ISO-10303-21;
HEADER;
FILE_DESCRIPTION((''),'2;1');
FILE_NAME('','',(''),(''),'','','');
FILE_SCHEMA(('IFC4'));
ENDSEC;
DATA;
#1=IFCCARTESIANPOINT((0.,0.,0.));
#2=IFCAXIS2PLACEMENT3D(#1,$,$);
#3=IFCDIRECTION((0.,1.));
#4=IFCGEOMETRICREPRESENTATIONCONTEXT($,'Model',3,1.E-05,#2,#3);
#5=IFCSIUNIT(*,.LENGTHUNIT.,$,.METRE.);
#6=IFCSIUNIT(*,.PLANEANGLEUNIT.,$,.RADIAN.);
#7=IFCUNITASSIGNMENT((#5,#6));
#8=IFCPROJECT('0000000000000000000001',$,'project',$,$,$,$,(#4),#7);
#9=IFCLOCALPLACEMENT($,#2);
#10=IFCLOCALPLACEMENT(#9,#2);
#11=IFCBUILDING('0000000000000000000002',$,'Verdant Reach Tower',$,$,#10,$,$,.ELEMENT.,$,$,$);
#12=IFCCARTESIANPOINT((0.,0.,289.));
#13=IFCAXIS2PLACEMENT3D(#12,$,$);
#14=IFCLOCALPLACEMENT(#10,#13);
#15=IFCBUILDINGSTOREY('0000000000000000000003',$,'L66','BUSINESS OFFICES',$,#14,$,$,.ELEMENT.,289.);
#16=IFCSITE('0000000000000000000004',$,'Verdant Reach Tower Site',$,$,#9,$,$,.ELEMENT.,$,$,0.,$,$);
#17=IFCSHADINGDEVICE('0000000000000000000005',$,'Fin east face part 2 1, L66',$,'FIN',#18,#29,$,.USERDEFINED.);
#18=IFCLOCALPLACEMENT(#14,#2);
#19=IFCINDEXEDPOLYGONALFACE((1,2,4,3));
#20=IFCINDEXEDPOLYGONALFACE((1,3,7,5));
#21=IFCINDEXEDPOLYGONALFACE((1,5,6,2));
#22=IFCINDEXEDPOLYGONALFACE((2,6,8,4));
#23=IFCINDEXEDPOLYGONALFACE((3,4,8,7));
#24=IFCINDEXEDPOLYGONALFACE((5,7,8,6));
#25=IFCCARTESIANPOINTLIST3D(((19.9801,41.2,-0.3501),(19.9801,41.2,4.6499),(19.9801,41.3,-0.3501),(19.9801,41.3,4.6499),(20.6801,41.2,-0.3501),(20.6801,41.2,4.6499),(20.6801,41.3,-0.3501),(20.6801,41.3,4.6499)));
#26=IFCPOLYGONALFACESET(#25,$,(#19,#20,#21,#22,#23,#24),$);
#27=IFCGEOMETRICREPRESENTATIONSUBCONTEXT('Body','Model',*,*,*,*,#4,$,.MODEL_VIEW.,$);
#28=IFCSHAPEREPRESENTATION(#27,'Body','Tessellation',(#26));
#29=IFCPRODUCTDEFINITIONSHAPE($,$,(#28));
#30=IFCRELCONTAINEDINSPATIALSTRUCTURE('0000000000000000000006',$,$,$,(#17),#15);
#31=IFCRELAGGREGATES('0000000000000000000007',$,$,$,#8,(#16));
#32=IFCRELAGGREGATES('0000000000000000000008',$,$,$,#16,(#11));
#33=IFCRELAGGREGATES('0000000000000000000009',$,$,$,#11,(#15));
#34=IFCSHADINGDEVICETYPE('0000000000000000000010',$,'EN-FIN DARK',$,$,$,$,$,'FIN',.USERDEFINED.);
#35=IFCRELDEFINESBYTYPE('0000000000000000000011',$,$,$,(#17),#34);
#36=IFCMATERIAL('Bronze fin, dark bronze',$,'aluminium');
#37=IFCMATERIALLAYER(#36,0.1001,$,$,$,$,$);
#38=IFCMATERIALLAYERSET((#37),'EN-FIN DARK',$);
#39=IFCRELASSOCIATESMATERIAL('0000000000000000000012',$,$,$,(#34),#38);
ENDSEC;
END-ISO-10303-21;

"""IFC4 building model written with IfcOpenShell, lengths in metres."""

from ifc_helpers import new_model, si_unit, direction, frame, origin, origin_2d, place, context, subcontext, project, spatial, rectangle, extrude, material, layer, layer_set, type_object, element, save


model = new_model("IFC4")

# Units and contexts
model_context = context("Model", 3, precision=1e-05, world=origin(), true_north=direction((0.0, 1.0)))
body_context = subcontext(model_context, "Body", "Model", "MODEL_VIEW")
ifc_project = project(units=[si_unit("LENGTHUNIT", "METRE"), si_unit("PLANEANGLEUNIT", "RADIAN")], contexts=[model_context])

# Site, building, storey
site_placement = place(None, origin())
site = spatial("IfcSite", under=ifc_project, at=site_placement, Name="Verdant Reach Tower Site", CompositionType="ELEMENT", RefElevation=0.0)
building_placement = place(site_placement, origin())
building = spatial("IfcBuilding", under=site, at=building_placement, Name="Verdant Reach Tower", CompositionType="ELEMENT")
storey_placement = place(building_placement, frame((0.0, 0.0, 289.0)))
storey = spatial("IfcBuildingStorey", under=building, at=storey_placement, Name="L66", Description="BUSINESS OFFICES", CompositionType="ELEMENT", Elevation=289.0)

# Shading device
ifc_material_1 = material(Name="Bronze fin, dark bronze", Category="aluminium")
ifc_layer_1 = layer(ifc_material_1, 0.1001)
ifc_layer_set_1 = layer_set([ifc_layer_1], Name="EN-FIN DARK")
shading_device_type_1 = type_object("IfcShadingDeviceType", Name="EN-FIN DARK", ElementType="FIN", PredefinedType="USERDEFINED", material=ifc_layer_set_1)
for number, where, z_axis, x_axis, name in (
    (1, (20.3301, 41.25, -0.3501), (0.0, 0.0, 1.0), (0.0, 1.0, 0.0), "Fin east face part 2 1, L66"),
):
    element("IfcShadingDevice", number, at=place(storey_placement, frame(where, z_axis=z_axis, x_axis=x_axis)), inside=storey, type_object=shading_device_type_1, Name=name, ObjectType="FIN", PredefinedType="USERDEFINED", context=body_context, shape_type="SweptSolid", body=[
        extrude(rectangle(XDim=0.1001, YDim=0.7, at=origin_2d()), origin(), (0.0, 0.0, 1.0), 5.0),
    ])

save(model, "model.ifc")
